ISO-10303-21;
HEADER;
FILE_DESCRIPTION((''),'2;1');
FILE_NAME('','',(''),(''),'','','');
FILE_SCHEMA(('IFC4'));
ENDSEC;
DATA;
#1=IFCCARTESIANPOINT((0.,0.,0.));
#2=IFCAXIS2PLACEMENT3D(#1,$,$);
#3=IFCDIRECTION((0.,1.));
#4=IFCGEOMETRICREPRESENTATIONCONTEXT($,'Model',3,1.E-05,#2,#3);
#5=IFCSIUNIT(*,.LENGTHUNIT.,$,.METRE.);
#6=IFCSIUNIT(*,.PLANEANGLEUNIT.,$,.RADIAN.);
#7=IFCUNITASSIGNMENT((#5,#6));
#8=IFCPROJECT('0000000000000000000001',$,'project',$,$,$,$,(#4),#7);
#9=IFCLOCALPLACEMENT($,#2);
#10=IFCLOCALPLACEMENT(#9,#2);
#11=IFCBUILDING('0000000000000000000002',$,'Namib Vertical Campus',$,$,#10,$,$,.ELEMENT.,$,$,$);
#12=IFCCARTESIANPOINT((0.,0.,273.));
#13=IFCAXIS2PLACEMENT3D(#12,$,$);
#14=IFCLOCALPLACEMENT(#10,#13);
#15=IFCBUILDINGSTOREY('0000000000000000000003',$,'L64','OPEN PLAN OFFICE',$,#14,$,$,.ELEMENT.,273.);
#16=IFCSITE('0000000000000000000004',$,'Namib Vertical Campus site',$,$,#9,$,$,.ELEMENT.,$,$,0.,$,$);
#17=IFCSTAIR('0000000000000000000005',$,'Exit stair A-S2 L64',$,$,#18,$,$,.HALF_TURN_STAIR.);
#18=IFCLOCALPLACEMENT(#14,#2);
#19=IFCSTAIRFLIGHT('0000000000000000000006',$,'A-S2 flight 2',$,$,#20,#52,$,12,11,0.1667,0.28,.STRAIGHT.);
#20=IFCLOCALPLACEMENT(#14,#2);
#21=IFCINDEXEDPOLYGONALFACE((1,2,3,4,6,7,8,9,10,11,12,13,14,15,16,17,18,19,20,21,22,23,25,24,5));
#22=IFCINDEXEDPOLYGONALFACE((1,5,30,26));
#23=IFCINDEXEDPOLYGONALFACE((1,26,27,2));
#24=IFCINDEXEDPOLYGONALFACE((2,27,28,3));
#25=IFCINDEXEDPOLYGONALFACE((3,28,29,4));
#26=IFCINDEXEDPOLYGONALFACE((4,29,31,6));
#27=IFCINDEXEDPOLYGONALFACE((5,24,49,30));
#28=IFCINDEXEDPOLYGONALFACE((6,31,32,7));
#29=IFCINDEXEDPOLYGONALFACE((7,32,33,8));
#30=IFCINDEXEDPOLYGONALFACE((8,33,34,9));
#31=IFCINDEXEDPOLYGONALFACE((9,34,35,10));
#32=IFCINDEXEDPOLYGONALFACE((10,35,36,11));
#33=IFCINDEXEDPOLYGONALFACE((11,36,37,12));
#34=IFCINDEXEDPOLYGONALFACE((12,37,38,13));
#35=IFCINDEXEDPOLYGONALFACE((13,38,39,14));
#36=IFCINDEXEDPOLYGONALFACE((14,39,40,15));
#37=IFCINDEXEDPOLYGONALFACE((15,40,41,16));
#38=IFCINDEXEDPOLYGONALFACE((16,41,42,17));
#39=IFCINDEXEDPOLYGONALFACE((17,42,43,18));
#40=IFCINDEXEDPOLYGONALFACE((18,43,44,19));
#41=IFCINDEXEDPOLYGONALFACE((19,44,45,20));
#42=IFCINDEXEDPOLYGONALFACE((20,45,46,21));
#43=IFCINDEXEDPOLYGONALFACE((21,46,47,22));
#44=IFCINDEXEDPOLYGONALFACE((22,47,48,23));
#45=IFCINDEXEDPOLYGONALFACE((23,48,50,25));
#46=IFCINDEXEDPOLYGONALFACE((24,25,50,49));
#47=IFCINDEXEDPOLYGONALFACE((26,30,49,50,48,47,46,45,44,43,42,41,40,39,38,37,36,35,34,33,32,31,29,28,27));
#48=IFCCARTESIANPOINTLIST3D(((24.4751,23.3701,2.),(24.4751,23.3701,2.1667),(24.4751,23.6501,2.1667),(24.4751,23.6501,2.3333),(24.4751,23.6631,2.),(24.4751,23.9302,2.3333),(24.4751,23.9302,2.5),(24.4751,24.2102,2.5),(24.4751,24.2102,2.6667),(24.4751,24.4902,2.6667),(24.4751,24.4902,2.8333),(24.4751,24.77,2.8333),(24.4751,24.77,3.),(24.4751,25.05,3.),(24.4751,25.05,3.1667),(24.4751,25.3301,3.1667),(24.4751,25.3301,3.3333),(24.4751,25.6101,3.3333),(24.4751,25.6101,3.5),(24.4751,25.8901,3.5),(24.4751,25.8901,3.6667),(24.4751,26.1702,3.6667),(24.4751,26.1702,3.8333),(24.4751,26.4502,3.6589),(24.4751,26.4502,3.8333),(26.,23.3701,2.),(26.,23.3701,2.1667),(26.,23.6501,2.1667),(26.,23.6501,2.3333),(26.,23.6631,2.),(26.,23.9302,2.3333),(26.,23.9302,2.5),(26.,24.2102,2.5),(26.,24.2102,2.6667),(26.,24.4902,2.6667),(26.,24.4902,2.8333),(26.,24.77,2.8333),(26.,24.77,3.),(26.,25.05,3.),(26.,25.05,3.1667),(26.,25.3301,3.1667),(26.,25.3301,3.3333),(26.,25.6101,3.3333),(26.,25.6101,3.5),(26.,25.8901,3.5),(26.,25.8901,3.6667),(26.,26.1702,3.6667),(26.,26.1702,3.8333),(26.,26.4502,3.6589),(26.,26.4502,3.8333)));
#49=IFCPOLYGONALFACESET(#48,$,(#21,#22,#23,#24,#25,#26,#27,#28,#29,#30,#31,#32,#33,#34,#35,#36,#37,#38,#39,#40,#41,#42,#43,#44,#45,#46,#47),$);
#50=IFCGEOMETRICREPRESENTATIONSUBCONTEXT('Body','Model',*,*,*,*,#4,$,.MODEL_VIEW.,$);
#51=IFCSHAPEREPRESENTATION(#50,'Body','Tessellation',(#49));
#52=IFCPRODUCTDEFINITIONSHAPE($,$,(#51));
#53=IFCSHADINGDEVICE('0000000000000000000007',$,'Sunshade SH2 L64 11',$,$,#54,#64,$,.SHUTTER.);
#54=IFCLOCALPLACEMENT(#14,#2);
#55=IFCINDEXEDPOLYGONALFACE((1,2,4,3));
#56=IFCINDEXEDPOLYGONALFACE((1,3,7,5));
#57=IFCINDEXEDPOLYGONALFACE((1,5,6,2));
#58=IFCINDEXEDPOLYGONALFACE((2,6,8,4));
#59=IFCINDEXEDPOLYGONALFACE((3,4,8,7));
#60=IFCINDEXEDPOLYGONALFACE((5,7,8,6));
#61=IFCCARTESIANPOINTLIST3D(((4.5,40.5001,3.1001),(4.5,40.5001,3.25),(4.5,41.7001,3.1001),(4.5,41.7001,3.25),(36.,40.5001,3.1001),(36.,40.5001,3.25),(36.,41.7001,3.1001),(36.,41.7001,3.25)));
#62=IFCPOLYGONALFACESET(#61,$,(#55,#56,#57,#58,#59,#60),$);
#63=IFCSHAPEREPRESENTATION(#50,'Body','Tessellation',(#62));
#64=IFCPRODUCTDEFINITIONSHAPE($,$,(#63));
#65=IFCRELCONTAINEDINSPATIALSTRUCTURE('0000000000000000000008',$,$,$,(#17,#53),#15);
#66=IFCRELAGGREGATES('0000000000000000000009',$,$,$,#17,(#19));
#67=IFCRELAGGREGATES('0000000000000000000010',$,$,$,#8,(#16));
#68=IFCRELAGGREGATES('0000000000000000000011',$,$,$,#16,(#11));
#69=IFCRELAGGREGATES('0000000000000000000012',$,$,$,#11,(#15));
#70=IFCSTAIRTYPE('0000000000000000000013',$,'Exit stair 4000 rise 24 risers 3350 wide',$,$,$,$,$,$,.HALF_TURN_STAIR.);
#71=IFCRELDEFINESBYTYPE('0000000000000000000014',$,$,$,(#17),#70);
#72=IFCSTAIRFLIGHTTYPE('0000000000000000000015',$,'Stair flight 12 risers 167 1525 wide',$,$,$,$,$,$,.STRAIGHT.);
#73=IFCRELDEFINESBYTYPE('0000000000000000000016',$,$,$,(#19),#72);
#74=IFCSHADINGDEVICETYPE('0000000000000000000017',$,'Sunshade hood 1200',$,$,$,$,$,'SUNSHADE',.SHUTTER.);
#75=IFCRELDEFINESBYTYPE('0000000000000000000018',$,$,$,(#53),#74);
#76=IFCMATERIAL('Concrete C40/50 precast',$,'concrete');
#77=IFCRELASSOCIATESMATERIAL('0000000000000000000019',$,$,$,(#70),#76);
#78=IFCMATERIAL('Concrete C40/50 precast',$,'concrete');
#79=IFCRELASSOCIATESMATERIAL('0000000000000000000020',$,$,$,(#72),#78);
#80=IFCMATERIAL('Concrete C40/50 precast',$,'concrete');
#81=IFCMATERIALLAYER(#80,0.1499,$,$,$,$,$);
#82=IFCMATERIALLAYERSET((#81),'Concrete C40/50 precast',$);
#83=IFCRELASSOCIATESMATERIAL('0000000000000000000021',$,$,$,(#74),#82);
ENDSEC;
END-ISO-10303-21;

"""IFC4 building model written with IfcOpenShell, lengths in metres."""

from ifc_helpers import new_model, si_unit, direction, frame, origin, origin_2d, place, context, subcontext, project, spatial, polyline, rectangle, outline, extrude, material, layer, layer_set, type_object, element, aggregate, save


model = new_model("IFC4")

# Units and contexts
model_context = context("Model", 3, precision=1e-05, world=origin(), true_north=direction((0.0, 1.0)))
body_context = subcontext(model_context, "Body", "Model", "MODEL_VIEW")
ifc_project = project(units=[si_unit("LENGTHUNIT", "METRE"), si_unit("PLANEANGLEUNIT", "RADIAN")], contexts=[model_context])

# Site, building, storey
site_placement = place(None, origin())
site = spatial("IfcSite", under=ifc_project, at=site_placement, Name="Namib Vertical Campus site", CompositionType="ELEMENT", RefElevation=0.0)
building_placement = place(site_placement, origin())
building = spatial("IfcBuilding", under=site, at=building_placement, Name="Namib Vertical Campus", CompositionType="ELEMENT")
storey_placement = place(building_placement, frame((0.0, 0.0, 273.0)))
storey = spatial("IfcBuildingStorey", under=building, at=storey_placement, Name="L64", Description="OPEN PLAN OFFICE", CompositionType="ELEMENT", Elevation=273.0)

# Stair, stair flight
ifc_material_1 = material(Name="Concrete C40/50 precast", Category="concrete")
stair_type = type_object("IfcStairType", Name="Exit stair 4000 rise 24 risers 3350 wide", PredefinedType="HALF_TURN_STAIR", material=ifc_material_1)
stair_placement = place(storey_placement, origin())
stair = element("IfcStair", 1, at=stair_placement, inside=storey, type_object=stair_type, Name="Exit stair A-S2 L64", PredefinedType="HALF_TURN_STAIR")
ifc_material_2 = material(Name="Concrete C40/50 precast", Category="concrete")
stair_flight_type = type_object("IfcStairFlightType", Name="Stair flight 12 risers 167 1525 wide", PredefinedType="STRAIGHT", material=ifc_material_2)
stair_flight_1_placement = place(storey_placement, frame((25.2375, 23.3701, 2.0), z_axis=(0.0, 0.0, 1.0), x_axis=(0.0, 1.0, 0.0)))
stair_flight_1 = element("IfcStairFlight", 2, at=stair_flight_1_placement, type_object=stair_flight_type, Name="A-S2 flight 2", NumberOfRisers=12, NumberOfTreads=11, PredefinedType="STRAIGHT", RiserHeight=0.1667, TreadLength=0.28, context=body_context, shape_type="SweptSolid", body=[
    extrude(outline(polyline([(0.0, 0.0), (0.0, 0.1667), (0.28, 0.1667), (0.28, 0.3333), (0.5601, 0.3333), (0.5601, 0.5), (0.8401, 0.5), (0.8401, 0.6667), (1.1201, 0.6667), (1.1201, 0.8333), (1.3999, 0.8333), (1.3999, 1.0), (1.6799, 1.0), (1.6799, 1.1667), (1.96, 1.1667), (1.96, 1.3333), (2.24, 1.3333), (2.24, 1.5), (2.52, 1.5), (2.52, 1.6667), (2.8, 1.6667), (2.8, 1.8333), (3.0801, 1.8333), (3.0801, 2.0), (3.0801, 1.6589), (0.293, 0.0), (0.0, 0.0)])), frame((0.0, 0.7625, 0.0), z_axis=(0.0, -1.0, 0.0), x_axis=(1.0, 0.0, 0.0)), (0.0, 0.0, 1.0), 1.5249),
])
aggregate(stair, [stair_flight_1])

# Shading device
ifc_material_3 = material(Name="Concrete C40/50 precast", Category="concrete")
ifc_layer_1 = layer(ifc_material_3, 0.1499)
ifc_layer_set_1 = layer_set([ifc_layer_1], Name="Concrete C40/50 precast")
shading_device_type = type_object("IfcShadingDeviceType", Name="Sunshade hood 1200", ElementType="SUNSHADE", PredefinedType="SHUTTER", material=ifc_layer_set_1)
shading_device_placement = place(storey_placement, frame((20.25, 41.1001, 3.1001), z_axis=(0.0, 0.0, 1.0), x_axis=(-1.0, 0.0, 0.0)))
element("IfcShadingDevice", 3, at=shading_device_placement, inside=storey, type_object=shading_device_type, Name="Sunshade SH2 L64 11", PredefinedType="SHUTTER", context=body_context, shape_type="SweptSolid", body=[
    extrude(rectangle(XDim=31.5, YDim=1.2, at=origin_2d()), origin(), (0.0, 0.0, 1.0), 0.1499),
])

save(model, "model.ifc")
